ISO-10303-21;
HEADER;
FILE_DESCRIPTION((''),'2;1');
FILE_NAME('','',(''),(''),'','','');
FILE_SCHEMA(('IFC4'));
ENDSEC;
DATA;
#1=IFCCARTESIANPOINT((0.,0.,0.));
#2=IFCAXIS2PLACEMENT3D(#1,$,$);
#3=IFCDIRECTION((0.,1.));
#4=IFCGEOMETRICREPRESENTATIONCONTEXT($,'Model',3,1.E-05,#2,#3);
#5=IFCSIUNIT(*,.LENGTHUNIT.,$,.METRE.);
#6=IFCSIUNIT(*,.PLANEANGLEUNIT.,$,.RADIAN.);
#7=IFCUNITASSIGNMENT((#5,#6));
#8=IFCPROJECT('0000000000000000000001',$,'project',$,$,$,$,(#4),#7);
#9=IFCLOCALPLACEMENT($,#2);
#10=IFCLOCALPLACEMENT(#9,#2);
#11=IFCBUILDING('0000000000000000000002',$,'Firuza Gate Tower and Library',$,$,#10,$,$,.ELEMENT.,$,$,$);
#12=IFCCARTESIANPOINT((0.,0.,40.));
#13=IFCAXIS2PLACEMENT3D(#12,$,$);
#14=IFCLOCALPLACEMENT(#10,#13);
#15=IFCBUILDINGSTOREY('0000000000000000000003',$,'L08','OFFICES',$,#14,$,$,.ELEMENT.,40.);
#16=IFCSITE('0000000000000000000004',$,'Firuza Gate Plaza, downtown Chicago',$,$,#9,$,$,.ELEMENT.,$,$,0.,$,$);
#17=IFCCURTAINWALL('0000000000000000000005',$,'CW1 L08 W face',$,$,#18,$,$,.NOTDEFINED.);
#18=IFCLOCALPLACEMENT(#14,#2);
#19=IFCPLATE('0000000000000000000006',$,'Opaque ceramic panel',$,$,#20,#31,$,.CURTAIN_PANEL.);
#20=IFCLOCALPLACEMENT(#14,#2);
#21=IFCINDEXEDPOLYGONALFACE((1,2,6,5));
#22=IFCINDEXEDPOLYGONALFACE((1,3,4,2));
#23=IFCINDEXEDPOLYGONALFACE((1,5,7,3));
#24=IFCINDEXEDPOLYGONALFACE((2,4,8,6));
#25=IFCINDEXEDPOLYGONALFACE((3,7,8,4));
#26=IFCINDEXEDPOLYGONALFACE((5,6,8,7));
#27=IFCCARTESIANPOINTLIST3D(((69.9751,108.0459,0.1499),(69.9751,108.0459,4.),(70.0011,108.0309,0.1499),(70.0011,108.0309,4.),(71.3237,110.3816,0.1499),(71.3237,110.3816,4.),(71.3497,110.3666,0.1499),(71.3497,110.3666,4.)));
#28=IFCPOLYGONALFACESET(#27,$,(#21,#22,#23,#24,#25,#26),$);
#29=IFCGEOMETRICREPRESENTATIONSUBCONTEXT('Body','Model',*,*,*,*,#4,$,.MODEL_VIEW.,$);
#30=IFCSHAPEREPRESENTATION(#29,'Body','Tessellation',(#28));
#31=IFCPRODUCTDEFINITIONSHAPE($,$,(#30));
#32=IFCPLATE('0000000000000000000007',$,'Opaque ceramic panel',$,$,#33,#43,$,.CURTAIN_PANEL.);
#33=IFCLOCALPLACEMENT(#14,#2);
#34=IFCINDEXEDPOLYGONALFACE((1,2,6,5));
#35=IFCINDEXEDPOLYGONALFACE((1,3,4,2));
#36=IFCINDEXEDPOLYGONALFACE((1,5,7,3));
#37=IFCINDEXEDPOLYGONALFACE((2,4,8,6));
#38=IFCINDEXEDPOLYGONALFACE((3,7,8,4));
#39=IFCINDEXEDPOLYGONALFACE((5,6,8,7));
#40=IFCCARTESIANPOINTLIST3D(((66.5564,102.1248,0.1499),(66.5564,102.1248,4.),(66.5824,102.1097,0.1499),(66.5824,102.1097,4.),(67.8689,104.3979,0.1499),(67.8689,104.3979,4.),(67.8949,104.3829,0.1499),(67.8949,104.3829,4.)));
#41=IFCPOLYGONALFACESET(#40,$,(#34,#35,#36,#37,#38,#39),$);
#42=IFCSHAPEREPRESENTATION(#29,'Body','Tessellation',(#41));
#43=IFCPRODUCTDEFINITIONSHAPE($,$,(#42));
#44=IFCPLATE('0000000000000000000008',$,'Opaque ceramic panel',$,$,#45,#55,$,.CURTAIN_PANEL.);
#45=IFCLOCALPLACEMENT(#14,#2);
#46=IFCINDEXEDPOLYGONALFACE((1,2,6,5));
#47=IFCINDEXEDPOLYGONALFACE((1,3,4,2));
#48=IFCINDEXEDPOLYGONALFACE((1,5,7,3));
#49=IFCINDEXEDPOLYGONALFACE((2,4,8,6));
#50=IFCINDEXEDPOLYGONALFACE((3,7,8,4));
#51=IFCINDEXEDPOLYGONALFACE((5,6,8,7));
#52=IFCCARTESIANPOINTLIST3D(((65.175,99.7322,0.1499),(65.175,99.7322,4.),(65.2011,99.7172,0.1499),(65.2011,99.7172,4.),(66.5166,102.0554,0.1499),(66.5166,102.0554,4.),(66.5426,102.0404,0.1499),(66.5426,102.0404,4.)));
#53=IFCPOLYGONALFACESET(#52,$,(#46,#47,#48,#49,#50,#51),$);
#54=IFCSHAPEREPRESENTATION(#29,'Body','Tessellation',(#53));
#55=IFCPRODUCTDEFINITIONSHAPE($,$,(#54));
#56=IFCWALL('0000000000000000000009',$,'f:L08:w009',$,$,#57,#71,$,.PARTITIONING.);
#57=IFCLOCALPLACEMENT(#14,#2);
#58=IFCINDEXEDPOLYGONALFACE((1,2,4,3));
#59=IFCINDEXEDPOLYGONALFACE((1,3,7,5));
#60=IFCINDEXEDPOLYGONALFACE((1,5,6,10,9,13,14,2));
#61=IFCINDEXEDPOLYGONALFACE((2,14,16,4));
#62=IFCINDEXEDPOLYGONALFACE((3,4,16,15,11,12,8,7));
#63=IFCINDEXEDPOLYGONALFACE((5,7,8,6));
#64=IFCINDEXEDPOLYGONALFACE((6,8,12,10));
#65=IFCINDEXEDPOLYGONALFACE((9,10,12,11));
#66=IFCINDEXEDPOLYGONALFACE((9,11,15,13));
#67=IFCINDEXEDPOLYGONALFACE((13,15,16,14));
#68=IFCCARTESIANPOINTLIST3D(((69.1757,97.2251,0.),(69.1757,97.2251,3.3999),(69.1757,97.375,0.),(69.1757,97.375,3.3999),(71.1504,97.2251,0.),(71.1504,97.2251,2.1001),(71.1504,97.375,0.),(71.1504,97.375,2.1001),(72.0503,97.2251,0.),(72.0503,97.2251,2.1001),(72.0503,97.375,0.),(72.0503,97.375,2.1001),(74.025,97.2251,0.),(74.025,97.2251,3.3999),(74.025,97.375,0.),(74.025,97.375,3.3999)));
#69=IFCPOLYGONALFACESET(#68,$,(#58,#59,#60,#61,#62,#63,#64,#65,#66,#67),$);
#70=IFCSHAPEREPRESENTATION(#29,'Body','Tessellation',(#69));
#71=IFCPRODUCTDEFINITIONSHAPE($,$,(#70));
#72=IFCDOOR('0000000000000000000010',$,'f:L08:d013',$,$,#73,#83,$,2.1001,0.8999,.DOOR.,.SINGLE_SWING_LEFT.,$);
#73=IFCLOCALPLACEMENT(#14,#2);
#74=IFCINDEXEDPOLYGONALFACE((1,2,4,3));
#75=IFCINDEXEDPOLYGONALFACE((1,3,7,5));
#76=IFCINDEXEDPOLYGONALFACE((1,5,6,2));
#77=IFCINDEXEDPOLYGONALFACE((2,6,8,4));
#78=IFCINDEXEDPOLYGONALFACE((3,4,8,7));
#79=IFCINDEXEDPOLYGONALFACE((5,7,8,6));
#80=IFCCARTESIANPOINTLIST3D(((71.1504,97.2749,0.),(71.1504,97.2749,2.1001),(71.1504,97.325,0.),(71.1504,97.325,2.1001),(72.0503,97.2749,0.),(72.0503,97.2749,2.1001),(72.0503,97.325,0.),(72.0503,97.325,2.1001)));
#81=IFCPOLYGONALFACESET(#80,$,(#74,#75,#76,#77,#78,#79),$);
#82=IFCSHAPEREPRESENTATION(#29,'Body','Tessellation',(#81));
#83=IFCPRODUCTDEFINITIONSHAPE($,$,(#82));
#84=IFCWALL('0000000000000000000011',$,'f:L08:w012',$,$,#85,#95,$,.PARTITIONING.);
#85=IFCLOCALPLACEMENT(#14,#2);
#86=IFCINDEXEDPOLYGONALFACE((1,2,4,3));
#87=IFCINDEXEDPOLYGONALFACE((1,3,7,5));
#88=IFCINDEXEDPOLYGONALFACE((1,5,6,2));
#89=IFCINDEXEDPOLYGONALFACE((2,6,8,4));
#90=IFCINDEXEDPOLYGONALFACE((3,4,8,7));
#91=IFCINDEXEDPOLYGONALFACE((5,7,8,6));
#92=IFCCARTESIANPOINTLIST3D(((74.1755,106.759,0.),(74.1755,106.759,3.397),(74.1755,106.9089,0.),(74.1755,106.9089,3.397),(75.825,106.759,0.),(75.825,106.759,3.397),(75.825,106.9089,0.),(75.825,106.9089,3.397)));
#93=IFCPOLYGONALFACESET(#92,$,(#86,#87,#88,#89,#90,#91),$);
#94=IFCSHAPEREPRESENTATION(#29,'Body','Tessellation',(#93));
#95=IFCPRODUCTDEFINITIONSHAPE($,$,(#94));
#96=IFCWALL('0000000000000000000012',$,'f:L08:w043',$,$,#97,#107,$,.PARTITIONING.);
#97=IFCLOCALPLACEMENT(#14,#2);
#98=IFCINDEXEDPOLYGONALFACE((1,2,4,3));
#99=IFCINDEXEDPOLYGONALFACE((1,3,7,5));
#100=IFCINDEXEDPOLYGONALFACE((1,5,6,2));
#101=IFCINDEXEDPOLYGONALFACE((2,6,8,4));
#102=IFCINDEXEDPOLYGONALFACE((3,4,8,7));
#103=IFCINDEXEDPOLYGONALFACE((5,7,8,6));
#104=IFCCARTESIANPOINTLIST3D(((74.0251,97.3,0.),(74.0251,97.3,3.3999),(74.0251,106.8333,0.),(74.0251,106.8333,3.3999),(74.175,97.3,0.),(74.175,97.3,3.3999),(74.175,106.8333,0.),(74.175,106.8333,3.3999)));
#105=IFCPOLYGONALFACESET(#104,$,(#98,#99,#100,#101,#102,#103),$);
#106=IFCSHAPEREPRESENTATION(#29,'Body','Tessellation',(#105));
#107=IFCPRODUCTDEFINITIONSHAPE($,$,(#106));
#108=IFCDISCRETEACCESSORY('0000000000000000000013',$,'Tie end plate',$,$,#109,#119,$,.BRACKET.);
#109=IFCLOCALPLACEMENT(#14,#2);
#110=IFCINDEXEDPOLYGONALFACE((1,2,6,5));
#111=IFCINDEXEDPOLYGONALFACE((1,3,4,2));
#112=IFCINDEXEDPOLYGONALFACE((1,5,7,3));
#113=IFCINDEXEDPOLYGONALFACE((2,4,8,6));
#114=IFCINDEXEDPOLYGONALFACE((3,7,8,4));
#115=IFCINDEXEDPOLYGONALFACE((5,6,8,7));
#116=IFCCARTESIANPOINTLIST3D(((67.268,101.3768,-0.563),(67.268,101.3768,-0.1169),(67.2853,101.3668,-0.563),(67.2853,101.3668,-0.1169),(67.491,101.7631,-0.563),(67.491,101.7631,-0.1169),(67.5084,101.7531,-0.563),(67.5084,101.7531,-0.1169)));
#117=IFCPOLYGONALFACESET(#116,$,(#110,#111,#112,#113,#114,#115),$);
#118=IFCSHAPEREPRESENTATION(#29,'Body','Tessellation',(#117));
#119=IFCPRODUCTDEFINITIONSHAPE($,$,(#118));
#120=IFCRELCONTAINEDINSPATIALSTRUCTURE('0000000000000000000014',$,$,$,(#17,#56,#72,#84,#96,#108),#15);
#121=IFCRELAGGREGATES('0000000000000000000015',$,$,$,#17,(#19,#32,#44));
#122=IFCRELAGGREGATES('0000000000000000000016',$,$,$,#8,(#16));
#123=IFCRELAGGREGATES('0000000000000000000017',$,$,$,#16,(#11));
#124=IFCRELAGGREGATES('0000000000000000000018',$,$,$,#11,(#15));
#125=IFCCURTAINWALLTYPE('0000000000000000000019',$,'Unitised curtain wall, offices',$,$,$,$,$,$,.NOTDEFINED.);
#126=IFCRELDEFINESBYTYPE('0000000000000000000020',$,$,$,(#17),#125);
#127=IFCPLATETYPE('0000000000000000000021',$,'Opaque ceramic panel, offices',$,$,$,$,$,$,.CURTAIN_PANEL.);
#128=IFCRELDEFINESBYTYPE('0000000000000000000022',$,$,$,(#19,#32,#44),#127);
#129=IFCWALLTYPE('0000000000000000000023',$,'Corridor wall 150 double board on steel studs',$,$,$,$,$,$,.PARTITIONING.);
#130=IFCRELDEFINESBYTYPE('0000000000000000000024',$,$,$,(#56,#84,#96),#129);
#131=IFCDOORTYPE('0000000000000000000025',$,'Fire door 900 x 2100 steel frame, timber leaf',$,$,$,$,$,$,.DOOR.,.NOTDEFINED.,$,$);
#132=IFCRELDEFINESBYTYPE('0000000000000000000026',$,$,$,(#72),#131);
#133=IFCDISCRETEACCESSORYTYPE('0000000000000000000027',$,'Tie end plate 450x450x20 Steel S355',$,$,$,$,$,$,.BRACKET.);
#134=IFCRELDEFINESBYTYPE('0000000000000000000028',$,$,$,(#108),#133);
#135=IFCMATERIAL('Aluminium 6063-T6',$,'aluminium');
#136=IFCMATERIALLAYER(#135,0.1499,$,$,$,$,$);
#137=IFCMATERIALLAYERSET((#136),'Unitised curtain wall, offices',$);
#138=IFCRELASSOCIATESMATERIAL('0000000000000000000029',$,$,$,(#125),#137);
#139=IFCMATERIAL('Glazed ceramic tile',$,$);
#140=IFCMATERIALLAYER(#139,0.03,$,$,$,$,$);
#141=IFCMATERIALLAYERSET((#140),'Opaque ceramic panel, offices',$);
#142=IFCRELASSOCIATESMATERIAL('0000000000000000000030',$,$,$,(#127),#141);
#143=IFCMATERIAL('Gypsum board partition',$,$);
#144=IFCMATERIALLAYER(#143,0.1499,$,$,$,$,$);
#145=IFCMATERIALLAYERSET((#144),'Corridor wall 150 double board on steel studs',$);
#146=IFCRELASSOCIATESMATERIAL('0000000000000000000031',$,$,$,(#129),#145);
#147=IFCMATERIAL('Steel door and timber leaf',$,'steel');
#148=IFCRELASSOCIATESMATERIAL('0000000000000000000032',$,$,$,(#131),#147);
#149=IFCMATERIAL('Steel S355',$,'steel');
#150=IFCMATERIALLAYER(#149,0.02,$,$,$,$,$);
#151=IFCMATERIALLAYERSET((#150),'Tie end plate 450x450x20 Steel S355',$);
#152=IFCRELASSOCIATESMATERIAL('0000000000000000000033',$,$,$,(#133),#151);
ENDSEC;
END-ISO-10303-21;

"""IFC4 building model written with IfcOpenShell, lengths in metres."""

from ifc_helpers import new_model, si_unit, direction, frame, frame_2d, origin, origin_2d, place, context, subcontext, project, spatial, polyline, rectangle, outline, extrude, material, layer, layer_set, type_object, element, fill, aggregate, save


model = new_model("IFC4")

# Units and contexts
model_context = context("Model", 3, precision=1e-05, world=origin(), true_north=direction((0.0, 1.0)))
body_context = subcontext(model_context, "Body", "Model", "MODEL_VIEW")
ifc_project = project(units=[si_unit("LENGTHUNIT", "METRE"), si_unit("PLANEANGLEUNIT", "RADIAN")], contexts=[model_context])

# Site, building, storey
site_placement = place(None, origin())
site = spatial("IfcSite", under=ifc_project, at=site_placement, Name="Firuza Gate Plaza, downtown Chicago", CompositionType="ELEMENT", RefElevation=0.0)
building_placement = place(site_placement, origin())
building = spatial("IfcBuilding", under=site, at=building_placement, Name="Firuza Gate Tower and Library", CompositionType="ELEMENT")
storey_placement = place(building_placement, frame((0.0, 0.0, 40.0)))
storey = spatial("IfcBuildingStorey", under=building, at=storey_placement, Name="L08", Description="OFFICES", CompositionType="ELEMENT", Elevation=40.0)

# Curtain wall
ifc_material_1 = material(Name="Aluminium 6063-T6", Category="aluminium")
ifc_layer_1 = layer(ifc_material_1, 0.1499)
ifc_layer_set_1 = layer_set([ifc_layer_1], Name="Unitised curtain wall, offices")
curtain_wall_type_1 = type_object("IfcCurtainWallType", Name="Unitised curtain wall, offices", PredefinedType="NOTDEFINED", material=ifc_layer_set_1)
placement = place(storey_placement, origin())
curtain_wall_1 = element("IfcCurtainWall", 1, at=placement, inside=storey, type_object=curtain_wall_type_1, Name="CW1 L08 W face", PredefinedType="NOTDEFINED")

# Plates
ifc_material_2 = material(Name="Glazed ceramic tile")
ifc_layer_2 = layer(ifc_material_2, 0.03)
ifc_layer_set_2 = layer_set([ifc_layer_2], Name="Opaque ceramic panel, offices")
plate_type_1 = type_object("IfcPlateType", Name="Opaque ceramic panel, offices", PredefinedType="CURTAIN_PANEL", material=ifc_layer_set_2)
plate_1_placement = place(storey_placement, frame((71.3237, 110.3816, 0.1499), z_axis=(-0.866006, 0.500033, 0.0), x_axis=(-0.500033, -0.866006, 0.0)))
plate_1 = element("IfcPlate", 2, at=plate_1_placement, type_object=plate_type_1, Name="Opaque ceramic panel", PredefinedType="CURTAIN_PANEL", context=body_context, shape_type="SweptSolid", body=[
    extrude(outline(polyline([(0.0, 0.0), (2.6971, 0.0), (2.6971, 3.8501), (0.0, 3.8501), (0.0, 0.0)])), origin(), (0.0, 0.0, -1.0), 0.03),
])
plate_2_placement = place(storey_placement, frame((67.8689, 104.3979, 0.1499), z_axis=(-0.866014, 0.50002, 0.0), x_axis=(-0.50002, -0.866014, 0.0)))
plate_2 = element("IfcPlate", 3, at=plate_2_placement, type_object=plate_type_1, Name="Opaque ceramic panel", PredefinedType="CURTAIN_PANEL", context=body_context, shape_type="SweptSolid", body=[
    extrude(outline(polyline([(0.0, 0.0), (2.6249, 0.0), (2.6249, 3.8501), (0.0, 3.8501), (0.0, 0.0)])), origin(), (0.0, 0.0, -1.0), 0.03),
])
plate_3_placement = place(storey_placement, frame((66.5166, 102.0554, 0.1499), z_axis=(-0.865989, 0.500064, 0.0), x_axis=(-0.500064, -0.865989, 0.0)))
plate_3 = element("IfcPlate", 4, at=plate_3_placement, type_object=plate_type_1, Name="Opaque ceramic panel", PredefinedType="CURTAIN_PANEL", context=body_context, shape_type="SweptSolid", body=[
    extrude(outline(polyline([(0.0, 0.0), (2.6828, 0.0), (2.6828, 3.8501), (0.0, 3.8501), (0.0, 0.0)])), origin(), (0.0, 0.0, -1.0), 0.03),
])
aggregate(curtain_wall_1, [plate_1, plate_2, plate_3])

# Wall, opening, door
ifc_material_3 = material(Name="Gypsum board partition")
ifc_layer_3 = layer(ifc_material_3, 0.1499)
ifc_layer_set_3 = layer_set([ifc_layer_3], Name="Corridor wall 150 double board on steel studs")
wall_type = type_object("IfcWallType", Name="Corridor wall 150 double board on steel studs", PredefinedType="PARTITIONING", material=ifc_layer_set_3)
wall_1_placement = place(storey_placement, frame((69.1755, 97.3, 0.0), z_axis=(0.0, 0.0, 1.0), x_axis=(1.0, 0.0, 0.0)))
wall_1 = element("IfcWall", 5, at=wall_1_placement, inside=storey, type_object=wall_type, Name="f:L08:w009", PredefinedType="PARTITIONING", context=body_context, shape_type="SweptSolid", body=[
    extrude(rectangle(XDim=4.8494, YDim=0.1499, at=frame_2d((2.4248, 0.0))), origin(), (0.0, 0.0, 1.0), 3.3999),
])
opening_placement = place(wall_1_placement, frame((1.9749, 0.0, 0.0)))
opening = element("IfcOpeningElement", 6, at=opening_placement, cuts=wall_1, PredefinedType="OPENING", context=body_context, shape_type="SweptSolid", body=[
    extrude(rectangle(XDim=0.8999, YDim=2.1001, at=frame_2d((0.45, 1.05))), frame((0.0, 0.085, 0.0), z_axis=(0.0, -1.0, 0.0), x_axis=(1.0, 0.0, 0.0)), (0.0, 0.0, 1.0), 0.1699),
])
ifc_material_4 = material(Name="Steel door and timber leaf", Category="steel")
door_type = type_object("IfcDoorType", Name="Fire door 900 x 2100 steel frame, timber leaf", OperationType="NOTDEFINED", PredefinedType="DOOR", material=ifc_material_4)
door_placement = place(opening_placement, origin())
door = element("IfcDoor", 7, at=door_placement, inside=storey, type_object=door_type, Name="f:L08:d013", OperationType="SINGLE_SWING_LEFT", OverallHeight=2.1001, OverallWidth=0.8999, PredefinedType="DOOR", context=body_context, shape_type="SweptSolid", body=[
    extrude(rectangle(XDim=0.8999, YDim=2.1001, at=frame_2d((0.45, 1.05))), frame((0.0, 0.0249, 0.0), z_axis=(0.0, -1.0, 0.0), x_axis=(1.0, 0.0, 0.0)), (0.0, 0.0, 1.0), 0.05),
])
fill(opening, door)

# Walls
wall_2_placement = place(storey_placement, frame((74.1755, 106.834, 0.0), z_axis=(0.0, 0.0, 1.0), x_axis=(1.0, 0.0, 0.0)))
element("IfcWall", 8, at=wall_2_placement, inside=storey, type_object=wall_type, Name="f:L08:w012", PredefinedType="PARTITIONING", context=body_context, shape_type="SweptSolid", body=[
    extrude(rectangle(XDim=1.6494, YDim=0.1499, at=frame_2d((0.8247, 0.0))), origin(), (0.0, 0.0, 1.0), 3.397),
])
wall_3_placement = place(storey_placement, frame((74.1001, 97.3, 0.0), z_axis=(0.0, 0.0, 1.0), x_axis=(0.0, 1.0, 0.0)))
element("IfcWall", 9, at=wall_3_placement, inside=storey, type_object=wall_type, Name="f:L08:w043", PredefinedType="PARTITIONING", context=body_context, shape_type="SweptSolid", body=[
    extrude(rectangle(XDim=9.5332, YDim=0.1499, at=frame_2d((4.7666, 0.0))), origin(), (0.0, 0.0, 1.0), 3.3999),
])

# Discrete accessory
ifc_material_5 = material(Name="Steel S355", Category="steel")
ifc_layer_4 = layer(ifc_material_5, 0.02)
ifc_layer_set_4 = layer_set([ifc_layer_4], Name="Tie end plate 450x450x20 Steel S355")
discrete_accessory_type = type_object("IfcDiscreteAccessoryType", Name="Tie end plate 450x450x20 Steel S355", PredefinedType="BRACKET", material=ifc_layer_set_4)
discrete_accessory_placement = place(storey_placement, frame((67.3882, 101.5649, -0.563), z_axis=(0.0, 0.0, 1.0), x_axis=(0.866025, -0.5, 0.0)))
element("IfcDiscreteAccessory", 10, at=discrete_accessory_placement, inside=storey, type_object=discrete_accessory_type, Name="Tie end plate", PredefinedType="BRACKET", context=body_context, shape_type="SweptSolid", body=[
    extrude(rectangle(XDim=0.02, YDim=0.446, at=origin_2d()), origin(), (0.0, 0.0, 1.0), 0.446),
])

save(model, "model.ifc")
